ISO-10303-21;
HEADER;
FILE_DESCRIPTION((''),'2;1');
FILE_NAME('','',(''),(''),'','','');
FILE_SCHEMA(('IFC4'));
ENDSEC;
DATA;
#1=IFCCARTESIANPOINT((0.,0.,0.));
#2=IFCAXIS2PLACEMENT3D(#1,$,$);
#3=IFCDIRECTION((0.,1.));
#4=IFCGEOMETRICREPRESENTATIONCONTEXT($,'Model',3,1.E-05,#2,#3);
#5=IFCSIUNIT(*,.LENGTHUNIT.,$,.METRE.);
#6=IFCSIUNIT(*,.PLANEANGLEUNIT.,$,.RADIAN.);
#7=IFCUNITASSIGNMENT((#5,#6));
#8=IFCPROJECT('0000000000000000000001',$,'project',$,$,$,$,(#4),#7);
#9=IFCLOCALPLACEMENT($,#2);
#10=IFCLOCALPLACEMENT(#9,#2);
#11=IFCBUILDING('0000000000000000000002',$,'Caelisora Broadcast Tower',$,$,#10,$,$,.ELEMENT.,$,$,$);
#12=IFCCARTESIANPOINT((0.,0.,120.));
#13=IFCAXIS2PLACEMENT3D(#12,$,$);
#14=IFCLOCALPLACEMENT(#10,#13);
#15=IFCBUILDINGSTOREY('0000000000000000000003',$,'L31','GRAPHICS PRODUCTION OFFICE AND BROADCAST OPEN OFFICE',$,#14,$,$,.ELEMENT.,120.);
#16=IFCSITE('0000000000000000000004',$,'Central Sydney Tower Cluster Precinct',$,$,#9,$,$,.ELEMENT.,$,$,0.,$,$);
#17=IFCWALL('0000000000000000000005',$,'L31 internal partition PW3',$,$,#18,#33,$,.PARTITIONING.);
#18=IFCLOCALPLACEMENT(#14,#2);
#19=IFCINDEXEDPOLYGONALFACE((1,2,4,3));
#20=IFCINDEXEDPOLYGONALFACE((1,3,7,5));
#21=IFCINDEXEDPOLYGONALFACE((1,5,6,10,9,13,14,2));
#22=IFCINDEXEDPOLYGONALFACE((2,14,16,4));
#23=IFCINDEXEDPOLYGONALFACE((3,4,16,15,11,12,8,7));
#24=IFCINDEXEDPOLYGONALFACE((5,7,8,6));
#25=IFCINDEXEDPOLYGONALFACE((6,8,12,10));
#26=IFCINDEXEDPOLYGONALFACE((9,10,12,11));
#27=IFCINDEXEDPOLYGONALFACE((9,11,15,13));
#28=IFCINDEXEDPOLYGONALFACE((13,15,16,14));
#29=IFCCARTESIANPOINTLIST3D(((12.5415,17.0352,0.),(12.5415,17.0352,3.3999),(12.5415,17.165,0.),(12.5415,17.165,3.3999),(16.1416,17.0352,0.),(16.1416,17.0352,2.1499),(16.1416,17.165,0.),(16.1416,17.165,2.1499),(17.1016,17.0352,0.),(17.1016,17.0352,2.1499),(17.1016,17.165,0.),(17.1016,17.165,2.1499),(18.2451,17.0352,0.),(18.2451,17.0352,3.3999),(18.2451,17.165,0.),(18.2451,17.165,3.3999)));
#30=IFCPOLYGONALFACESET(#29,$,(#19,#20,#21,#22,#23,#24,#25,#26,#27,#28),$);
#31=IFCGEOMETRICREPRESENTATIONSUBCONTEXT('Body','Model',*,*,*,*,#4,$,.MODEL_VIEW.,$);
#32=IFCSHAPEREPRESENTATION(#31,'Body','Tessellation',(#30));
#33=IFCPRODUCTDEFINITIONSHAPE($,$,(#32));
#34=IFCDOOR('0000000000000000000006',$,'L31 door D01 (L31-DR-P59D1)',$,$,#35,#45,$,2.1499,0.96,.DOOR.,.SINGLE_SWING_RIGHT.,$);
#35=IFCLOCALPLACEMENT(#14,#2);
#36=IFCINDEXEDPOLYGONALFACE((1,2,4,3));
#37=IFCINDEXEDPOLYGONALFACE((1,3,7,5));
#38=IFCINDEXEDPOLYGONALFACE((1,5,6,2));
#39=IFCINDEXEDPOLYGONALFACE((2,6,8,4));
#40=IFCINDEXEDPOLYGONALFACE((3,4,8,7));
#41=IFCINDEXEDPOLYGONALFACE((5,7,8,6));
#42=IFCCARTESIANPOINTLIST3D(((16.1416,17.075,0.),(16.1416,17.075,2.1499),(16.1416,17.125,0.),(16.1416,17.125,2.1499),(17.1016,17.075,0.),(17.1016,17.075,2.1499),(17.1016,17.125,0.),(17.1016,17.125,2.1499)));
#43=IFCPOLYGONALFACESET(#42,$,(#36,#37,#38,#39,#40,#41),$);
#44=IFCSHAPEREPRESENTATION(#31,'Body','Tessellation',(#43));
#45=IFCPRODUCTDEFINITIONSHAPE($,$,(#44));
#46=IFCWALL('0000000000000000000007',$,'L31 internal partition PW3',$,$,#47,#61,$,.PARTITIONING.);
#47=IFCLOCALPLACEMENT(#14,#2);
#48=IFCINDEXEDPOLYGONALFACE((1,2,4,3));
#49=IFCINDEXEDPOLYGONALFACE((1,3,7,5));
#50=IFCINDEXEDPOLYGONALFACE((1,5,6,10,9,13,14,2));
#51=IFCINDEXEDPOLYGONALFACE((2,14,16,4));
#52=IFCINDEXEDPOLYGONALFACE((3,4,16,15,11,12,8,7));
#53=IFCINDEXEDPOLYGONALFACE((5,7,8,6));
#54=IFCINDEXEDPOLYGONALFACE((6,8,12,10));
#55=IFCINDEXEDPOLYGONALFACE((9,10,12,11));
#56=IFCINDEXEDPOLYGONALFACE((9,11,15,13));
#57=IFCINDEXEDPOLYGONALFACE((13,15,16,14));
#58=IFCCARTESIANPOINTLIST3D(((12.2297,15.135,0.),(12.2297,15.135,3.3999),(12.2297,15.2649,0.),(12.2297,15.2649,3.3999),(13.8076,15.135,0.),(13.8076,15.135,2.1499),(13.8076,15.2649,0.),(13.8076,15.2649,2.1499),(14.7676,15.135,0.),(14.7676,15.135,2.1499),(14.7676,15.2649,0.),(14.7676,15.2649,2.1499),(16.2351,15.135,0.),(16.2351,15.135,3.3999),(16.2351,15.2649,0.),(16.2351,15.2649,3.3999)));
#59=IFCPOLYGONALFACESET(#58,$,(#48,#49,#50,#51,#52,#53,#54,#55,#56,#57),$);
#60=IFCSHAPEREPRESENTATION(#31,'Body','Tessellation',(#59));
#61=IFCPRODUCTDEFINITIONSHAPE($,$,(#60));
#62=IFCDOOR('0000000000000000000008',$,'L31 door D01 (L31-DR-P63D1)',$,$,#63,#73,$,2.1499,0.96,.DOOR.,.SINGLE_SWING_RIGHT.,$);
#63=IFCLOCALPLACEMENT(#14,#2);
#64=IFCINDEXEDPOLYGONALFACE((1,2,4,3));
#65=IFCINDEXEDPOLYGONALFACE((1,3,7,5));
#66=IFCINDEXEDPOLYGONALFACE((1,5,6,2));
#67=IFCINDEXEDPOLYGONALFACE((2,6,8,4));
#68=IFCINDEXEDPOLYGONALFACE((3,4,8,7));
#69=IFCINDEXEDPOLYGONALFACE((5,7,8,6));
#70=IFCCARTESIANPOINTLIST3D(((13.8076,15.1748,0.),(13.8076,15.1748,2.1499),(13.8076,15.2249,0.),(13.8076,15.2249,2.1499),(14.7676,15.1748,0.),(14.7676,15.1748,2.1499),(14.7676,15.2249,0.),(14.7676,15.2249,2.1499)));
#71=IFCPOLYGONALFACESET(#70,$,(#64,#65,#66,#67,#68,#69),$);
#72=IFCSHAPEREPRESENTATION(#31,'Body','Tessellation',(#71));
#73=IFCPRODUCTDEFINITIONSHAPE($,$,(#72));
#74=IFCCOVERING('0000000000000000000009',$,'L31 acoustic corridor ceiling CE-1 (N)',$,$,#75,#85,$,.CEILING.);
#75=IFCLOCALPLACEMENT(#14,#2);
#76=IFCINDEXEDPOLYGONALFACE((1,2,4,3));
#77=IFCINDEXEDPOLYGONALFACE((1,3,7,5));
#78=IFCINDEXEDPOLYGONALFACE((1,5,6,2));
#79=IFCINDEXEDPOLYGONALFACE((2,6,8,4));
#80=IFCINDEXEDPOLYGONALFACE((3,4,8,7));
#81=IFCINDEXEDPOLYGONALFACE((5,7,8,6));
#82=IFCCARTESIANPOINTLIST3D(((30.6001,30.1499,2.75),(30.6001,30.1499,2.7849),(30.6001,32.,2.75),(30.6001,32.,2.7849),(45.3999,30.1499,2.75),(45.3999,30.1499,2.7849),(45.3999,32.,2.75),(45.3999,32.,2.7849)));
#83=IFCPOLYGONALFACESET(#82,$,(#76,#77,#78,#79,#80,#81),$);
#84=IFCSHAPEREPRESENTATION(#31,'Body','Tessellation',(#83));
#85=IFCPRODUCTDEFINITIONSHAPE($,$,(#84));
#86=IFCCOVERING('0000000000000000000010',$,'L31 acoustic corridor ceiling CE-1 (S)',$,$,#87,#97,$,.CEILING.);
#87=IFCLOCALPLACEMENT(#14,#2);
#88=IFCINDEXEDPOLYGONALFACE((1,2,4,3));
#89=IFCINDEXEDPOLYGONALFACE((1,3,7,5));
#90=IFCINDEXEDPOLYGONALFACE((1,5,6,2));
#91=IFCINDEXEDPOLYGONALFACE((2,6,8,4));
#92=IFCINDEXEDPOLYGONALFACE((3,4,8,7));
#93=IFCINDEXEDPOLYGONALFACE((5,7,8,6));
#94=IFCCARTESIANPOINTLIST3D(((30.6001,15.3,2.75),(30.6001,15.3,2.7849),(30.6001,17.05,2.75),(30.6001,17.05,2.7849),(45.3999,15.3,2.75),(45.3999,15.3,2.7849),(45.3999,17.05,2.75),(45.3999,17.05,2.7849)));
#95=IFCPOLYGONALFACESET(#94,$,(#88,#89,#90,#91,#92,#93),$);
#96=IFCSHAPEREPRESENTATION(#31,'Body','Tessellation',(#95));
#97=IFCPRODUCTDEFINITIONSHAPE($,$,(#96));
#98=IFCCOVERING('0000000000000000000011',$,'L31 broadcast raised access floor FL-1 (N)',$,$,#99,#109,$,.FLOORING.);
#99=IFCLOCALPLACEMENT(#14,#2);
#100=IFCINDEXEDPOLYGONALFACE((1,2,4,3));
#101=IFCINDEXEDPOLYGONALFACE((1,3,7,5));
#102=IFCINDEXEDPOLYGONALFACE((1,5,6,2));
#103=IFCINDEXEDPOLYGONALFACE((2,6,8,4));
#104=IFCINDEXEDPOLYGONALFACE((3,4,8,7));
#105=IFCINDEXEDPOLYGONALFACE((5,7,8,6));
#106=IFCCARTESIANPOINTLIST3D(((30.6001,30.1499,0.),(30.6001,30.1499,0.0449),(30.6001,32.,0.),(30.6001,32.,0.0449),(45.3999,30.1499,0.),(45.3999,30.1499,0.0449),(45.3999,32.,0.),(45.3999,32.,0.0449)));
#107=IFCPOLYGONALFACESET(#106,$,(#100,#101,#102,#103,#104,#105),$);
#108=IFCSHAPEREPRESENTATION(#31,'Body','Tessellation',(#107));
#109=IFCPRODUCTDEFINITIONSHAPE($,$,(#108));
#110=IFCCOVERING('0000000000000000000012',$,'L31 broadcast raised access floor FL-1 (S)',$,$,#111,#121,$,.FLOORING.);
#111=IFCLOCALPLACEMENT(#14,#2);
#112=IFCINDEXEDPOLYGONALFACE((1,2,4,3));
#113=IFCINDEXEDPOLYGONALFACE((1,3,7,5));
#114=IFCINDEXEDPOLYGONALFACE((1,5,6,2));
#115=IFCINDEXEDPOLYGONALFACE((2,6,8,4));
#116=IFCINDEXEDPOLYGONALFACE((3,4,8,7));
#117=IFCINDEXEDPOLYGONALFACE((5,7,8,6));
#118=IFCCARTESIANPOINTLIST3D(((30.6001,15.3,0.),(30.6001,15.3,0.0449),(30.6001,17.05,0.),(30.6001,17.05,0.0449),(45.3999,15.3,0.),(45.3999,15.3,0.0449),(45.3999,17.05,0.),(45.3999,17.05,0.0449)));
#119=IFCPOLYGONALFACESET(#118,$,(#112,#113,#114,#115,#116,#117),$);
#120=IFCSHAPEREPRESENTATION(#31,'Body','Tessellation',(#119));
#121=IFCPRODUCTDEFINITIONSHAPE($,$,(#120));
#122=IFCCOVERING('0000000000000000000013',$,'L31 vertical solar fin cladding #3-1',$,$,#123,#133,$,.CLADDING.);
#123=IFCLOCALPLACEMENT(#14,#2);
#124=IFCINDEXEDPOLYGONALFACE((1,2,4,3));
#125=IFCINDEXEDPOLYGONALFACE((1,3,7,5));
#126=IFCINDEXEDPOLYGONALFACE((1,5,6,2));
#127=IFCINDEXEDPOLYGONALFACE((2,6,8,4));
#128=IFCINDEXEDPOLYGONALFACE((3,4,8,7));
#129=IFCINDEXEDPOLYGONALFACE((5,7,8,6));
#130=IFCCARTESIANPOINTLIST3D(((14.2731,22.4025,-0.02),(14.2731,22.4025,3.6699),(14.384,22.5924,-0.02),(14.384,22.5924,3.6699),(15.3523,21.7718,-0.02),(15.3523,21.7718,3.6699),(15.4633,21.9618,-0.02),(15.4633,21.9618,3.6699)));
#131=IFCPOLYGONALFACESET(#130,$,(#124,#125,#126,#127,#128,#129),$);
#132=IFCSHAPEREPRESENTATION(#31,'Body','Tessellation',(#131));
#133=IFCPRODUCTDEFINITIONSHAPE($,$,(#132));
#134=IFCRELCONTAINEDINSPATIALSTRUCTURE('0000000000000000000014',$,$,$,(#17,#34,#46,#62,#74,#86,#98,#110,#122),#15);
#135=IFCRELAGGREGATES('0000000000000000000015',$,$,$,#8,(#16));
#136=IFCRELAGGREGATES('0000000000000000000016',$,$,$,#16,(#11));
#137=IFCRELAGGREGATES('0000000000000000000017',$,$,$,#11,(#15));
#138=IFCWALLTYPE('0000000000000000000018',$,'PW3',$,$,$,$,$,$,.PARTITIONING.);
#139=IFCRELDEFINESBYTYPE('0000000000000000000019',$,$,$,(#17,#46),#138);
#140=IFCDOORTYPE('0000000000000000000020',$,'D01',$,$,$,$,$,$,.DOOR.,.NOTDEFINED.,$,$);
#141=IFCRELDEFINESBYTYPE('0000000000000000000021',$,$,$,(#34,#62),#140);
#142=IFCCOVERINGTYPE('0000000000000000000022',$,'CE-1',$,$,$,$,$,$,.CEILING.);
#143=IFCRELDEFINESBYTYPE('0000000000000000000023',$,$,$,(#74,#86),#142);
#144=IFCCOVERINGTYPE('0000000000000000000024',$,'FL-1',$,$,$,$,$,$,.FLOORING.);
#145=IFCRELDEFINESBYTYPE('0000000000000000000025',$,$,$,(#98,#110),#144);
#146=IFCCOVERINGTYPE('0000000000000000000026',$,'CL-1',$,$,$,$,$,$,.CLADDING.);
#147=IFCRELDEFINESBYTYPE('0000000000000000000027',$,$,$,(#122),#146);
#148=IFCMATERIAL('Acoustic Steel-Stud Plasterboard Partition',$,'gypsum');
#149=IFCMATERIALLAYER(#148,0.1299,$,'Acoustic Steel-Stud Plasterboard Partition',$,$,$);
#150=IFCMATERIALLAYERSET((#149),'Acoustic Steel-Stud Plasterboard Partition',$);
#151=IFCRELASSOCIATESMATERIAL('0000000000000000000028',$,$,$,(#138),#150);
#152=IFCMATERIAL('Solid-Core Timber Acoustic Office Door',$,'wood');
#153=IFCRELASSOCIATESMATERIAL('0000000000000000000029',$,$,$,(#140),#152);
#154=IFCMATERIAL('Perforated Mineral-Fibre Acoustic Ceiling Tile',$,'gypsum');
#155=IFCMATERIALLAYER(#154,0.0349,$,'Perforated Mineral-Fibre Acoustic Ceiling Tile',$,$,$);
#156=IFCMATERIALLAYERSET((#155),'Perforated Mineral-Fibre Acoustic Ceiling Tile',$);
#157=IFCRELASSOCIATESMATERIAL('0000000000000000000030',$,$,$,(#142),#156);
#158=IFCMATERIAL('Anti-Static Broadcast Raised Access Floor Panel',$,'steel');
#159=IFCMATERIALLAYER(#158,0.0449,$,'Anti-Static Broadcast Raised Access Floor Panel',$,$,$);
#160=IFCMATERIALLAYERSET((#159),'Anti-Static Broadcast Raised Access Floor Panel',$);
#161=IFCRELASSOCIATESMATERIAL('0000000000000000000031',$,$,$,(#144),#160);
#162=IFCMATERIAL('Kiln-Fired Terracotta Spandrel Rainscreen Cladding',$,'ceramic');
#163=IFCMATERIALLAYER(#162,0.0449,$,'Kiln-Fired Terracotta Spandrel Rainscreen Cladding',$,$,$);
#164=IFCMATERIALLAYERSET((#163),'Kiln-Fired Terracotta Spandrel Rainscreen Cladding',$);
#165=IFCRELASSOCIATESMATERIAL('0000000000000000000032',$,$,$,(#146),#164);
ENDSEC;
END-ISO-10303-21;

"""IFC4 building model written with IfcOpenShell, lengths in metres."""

from ifc_helpers import new_model, si_unit, direction, frame, frame_2d, origin, origin_2d, place, context, subcontext, project, spatial, polyline, rectangle, outline, extrude, source, transform, mapped, material, layer, layer_set, type_object, type_shapes, element, fill, save


model = new_model("IFC4")

# Units and contexts
model_context = context("Model", 3, precision=1e-05, world=origin(), true_north=direction((0.0, 1.0)))
body_context = subcontext(model_context, "Body", "Model", "MODEL_VIEW")
ifc_project = project(units=[si_unit("LENGTHUNIT", "METRE"), si_unit("PLANEANGLEUNIT", "RADIAN")], contexts=[model_context])

# Site, building, storey
site_placement = place(None, origin())
site = spatial("IfcSite", under=ifc_project, at=site_placement, Name="Central Sydney Tower Cluster Precinct", CompositionType="ELEMENT", RefElevation=0.0)
building_placement = place(site_placement, origin())
building = spatial("IfcBuilding", under=site, at=building_placement, Name="Caelisora Broadcast Tower", CompositionType="ELEMENT")
storey_placement = place(building_placement, frame((0.0, 0.0, 120.0)))
storey = spatial("IfcBuildingStorey", under=building, at=storey_placement, Name="L31", Description="GRAPHICS PRODUCTION OFFICE AND BROADCAST OPEN OFFICE", CompositionType="ELEMENT", Elevation=120.0)

# Shared definitions
ifc_material_1 = material(Name="Acoustic Steel-Stud Plasterboard Partition", Category="gypsum")
ifc_layer_1 = layer(ifc_material_1, 0.1299, Name="Acoustic Steel-Stud Plasterboard Partition")
ifc_layer_set_1 = layer_set([ifc_layer_1], Name="Acoustic Steel-Stud Plasterboard Partition")
wall_type_1 = type_object("IfcWallType", Name="PW3", PredefinedType="PARTITIONING", material=ifc_layer_set_1)

# Walls, openings, doors
wall_1_placement = place(storey_placement, frame((12.5415, 17.1001, 0.0), z_axis=(0.0, 0.0, 1.0), x_axis=(1.0, 0.0, 0.0)))
wall_1 = element("IfcWall", 1, at=wall_1_placement, inside=storey, type_object=wall_type_1, Name="L31 internal partition PW3", PredefinedType="PARTITIONING", context=body_context, shape_type="SweptSolid", body=[
    extrude(rectangle(XDim=5.7036, YDim=0.1299, at=frame_2d((2.8518, 0.0))), origin(), (0.0, 0.0, 1.0), 3.3999),
])
opening_1_placement = place(wall_1_placement, frame((3.6001, 0.0, 0.0)))
opening_1 = element("IfcOpeningElement", 2, at=opening_1_placement, cuts=wall_1, PredefinedType="OPENING", context=body_context, shape_type="SweptSolid", body=[
    extrude(rectangle(XDim=0.96, YDim=2.1499, at=frame_2d((0.48, 1.075))), frame((0.0, 0.0769, 0.0), z_axis=(0.0, -1.0, 0.0), x_axis=(1.0, 0.0, 0.0)), (0.0, 0.0, 1.0), 0.1538),
])
ifc_material_2 = material(Name="Solid-Core Timber Acoustic Office Door", Category="wood")
door_type = type_object("IfcDoorType", Name="D01", OperationType="NOTDEFINED", PredefinedType="DOOR", material=ifc_material_2)
door_1_placement = place(opening_1_placement, origin())
door_1 = element("IfcDoor", 3, at=door_1_placement, inside=storey, type_object=door_type, Name="L31 door D01 (L31-DR-P59D1)", OperationType="SINGLE_SWING_RIGHT", OverallHeight=2.1499, OverallWidth=0.96, PredefinedType="DOOR", context=body_context, shape_type="SweptSolid", body=[
    extrude(rectangle(XDim=0.96, YDim=2.1499, at=frame_2d((0.48, 1.075))), frame((0.0, 0.0249, 0.0), z_axis=(0.0, -1.0, 0.0), x_axis=(1.0, 0.0, 0.0)), (0.0, 0.0, 1.0), 0.05),
])
fill(opening_1, door_1)
wall_2_placement = place(storey_placement, frame((12.2297, 15.2, 0.0), z_axis=(0.0, 0.0, 1.0), x_axis=(1.0, 0.0, 0.0)))
wall_2 = element("IfcWall", 4, at=wall_2_placement, inside=storey, type_object=wall_type_1, Name="L31 internal partition PW3", PredefinedType="PARTITIONING", context=body_context, shape_type="SweptSolid", body=[
    extrude(rectangle(XDim=4.0054, YDim=0.1299, at=frame_2d((2.0027, 0.0))), origin(), (0.0, 0.0, 1.0), 3.3999),
])
opening_2_placement = place(wall_2_placement, frame((1.5779, 0.0, 0.0)))
opening_2 = element("IfcOpeningElement", 5, at=opening_2_placement, cuts=wall_2, PredefinedType="OPENING", context=body_context, shape_type="SweptSolid", body=[
    extrude(rectangle(XDim=0.96, YDim=2.1499, at=frame_2d((0.48, 1.075))), frame((0.0, 0.0769, 0.0), z_axis=(0.0, -1.0, 0.0), x_axis=(1.0, 0.0, 0.0)), (0.0, 0.0, 1.0), 0.1538),
])
door_2_placement = place(opening_2_placement, origin())
door_2 = element("IfcDoor", 6, at=door_2_placement, inside=storey, type_object=door_type, Name="L31 door D01 (L31-DR-P63D1)", OperationType="SINGLE_SWING_RIGHT", OverallHeight=2.1499, OverallWidth=0.96, PredefinedType="DOOR", context=body_context, shape_type="SweptSolid", body=[
    extrude(rectangle(XDim=0.96, YDim=2.1499, at=frame_2d((0.48, 1.075))), frame((0.0, 0.0249, 0.0), z_axis=(0.0, -1.0, 0.0), x_axis=(1.0, 0.0, 0.0)), (0.0, 0.0, 1.0), 0.05),
])
fill(opening_2, door_2)

# Coverings
ifc_material_3 = material(Name="Perforated Mineral-Fibre Acoustic Ceiling Tile", Category="gypsum")
ifc_layer_2 = layer(ifc_material_3, 0.0349, Name="Perforated Mineral-Fibre Acoustic Ceiling Tile")
ifc_layer_set_2 = layer_set([ifc_layer_2], Name="Perforated Mineral-Fibre Acoustic Ceiling Tile")
covering_type_1 = type_object("IfcCoveringType", Name="CE-1", PredefinedType="CEILING", material=ifc_layer_set_2)
covering_1_placement = place(storey_placement, frame((0.0, 0.0, 2.75)))
element("IfcCovering", 7, at=covering_1_placement, inside=storey, type_object=covering_type_1, Name="L31 acoustic corridor ceiling CE-1 (N)", PredefinedType="CEILING", context=body_context, shape_type="SweptSolid", body=[
    extrude(outline(polyline([(30.6001, 30.1499), (45.3999, 30.1499), (45.3999, 32.0), (30.6001, 32.0), (30.6001, 30.1499)])), origin(), (0.0, 0.0, 1.0), 0.0349),
])
covering_2_placement = place(storey_placement, frame((0.0, 0.0, 2.75)))
element("IfcCovering", 8, at=covering_2_placement, inside=storey, type_object=covering_type_1, Name="L31 acoustic corridor ceiling CE-1 (S)", PredefinedType="CEILING", context=body_context, shape_type="SweptSolid", body=[
    extrude(outline(polyline([(30.6001, 15.3), (45.3999, 15.3), (45.3999, 17.05), (30.6001, 17.05), (30.6001, 15.3)])), origin(), (0.0, 0.0, 1.0), 0.0349),
])
ifc_material_4 = material(Name="Anti-Static Broadcast Raised Access Floor Panel", Category="steel")
ifc_layer_3 = layer(ifc_material_4, 0.0449, Name="Anti-Static Broadcast Raised Access Floor Panel")
ifc_layer_set_3 = layer_set([ifc_layer_3], Name="Anti-Static Broadcast Raised Access Floor Panel")
covering_type_2 = type_object("IfcCoveringType", Name="FL-1", PredefinedType="FLOORING", material=ifc_layer_set_3)
covering_3_placement = place(storey_placement, origin())
element("IfcCovering", 9, at=covering_3_placement, inside=storey, type_object=covering_type_2, Name="L31 broadcast raised access floor FL-1 (N)", PredefinedType="FLOORING", context=body_context, shape_type="SweptSolid", body=[
    extrude(outline(polyline([(30.6001, 30.1499), (45.3999, 30.1499), (45.3999, 32.0), (30.6001, 32.0), (30.6001, 30.1499)])), origin(), (0.0, 0.0, 1.0), 0.0449),
])
covering_4_placement = place(storey_placement, origin())
element("IfcCovering", 10, at=covering_4_placement, inside=storey, type_object=covering_type_2, Name="L31 broadcast raised access floor FL-1 (S)", PredefinedType="FLOORING", context=body_context, shape_type="SweptSolid", body=[
    extrude(outline(polyline([(30.6001, 15.3), (45.3999, 15.3), (45.3999, 17.05), (30.6001, 17.05), (30.6001, 15.3)])), origin(), (0.0, 0.0, 1.0), 0.0449),
])
ifc_material_5 = material(Name="Kiln-Fired Terracotta Spandrel Rainscreen Cladding", Category="ceramic")
ifc_layer_4 = layer(ifc_material_5, 0.0449, Name="Kiln-Fired Terracotta Spandrel Rainscreen Cladding")
ifc_layer_set_4 = layer_set([ifc_layer_4], Name="Kiln-Fired Terracotta Spandrel Rainscreen Cladding")
covering_type_3 = type_object("IfcCoveringType", Name="CL-1", PredefinedType="CLADDING", material=ifc_layer_set_4)
shared_shape_1 = source(origin(), body_context, "Body", "SweptSolid", [
    extrude(rectangle(XDim=0.22, YDim=1.25, at=origin_2d()), origin(), (0.0, 0.0, 1.0), 3.6899),
])
type_shapes(covering_type_3, [shared_shape_1])
covering_5_placement = place(storey_placement, frame((14.8682, 22.1821, -0.02), z_axis=(0.0, 0.0, 1.0), x_axis=(0.504528, 0.863396, 0.0)))
element("IfcCovering", 11, at=covering_5_placement, inside=storey, type_object=covering_type_3, Name="L31 vertical solar fin cladding #3-1", PredefinedType="CLADDING", context=body_context, shape_type="MappedRepresentation", body=[
    mapped(shared_shape_1, transform((0.0, 0.0, 0.0), scale=1.0)),
])

save(model, "model.ifc")
